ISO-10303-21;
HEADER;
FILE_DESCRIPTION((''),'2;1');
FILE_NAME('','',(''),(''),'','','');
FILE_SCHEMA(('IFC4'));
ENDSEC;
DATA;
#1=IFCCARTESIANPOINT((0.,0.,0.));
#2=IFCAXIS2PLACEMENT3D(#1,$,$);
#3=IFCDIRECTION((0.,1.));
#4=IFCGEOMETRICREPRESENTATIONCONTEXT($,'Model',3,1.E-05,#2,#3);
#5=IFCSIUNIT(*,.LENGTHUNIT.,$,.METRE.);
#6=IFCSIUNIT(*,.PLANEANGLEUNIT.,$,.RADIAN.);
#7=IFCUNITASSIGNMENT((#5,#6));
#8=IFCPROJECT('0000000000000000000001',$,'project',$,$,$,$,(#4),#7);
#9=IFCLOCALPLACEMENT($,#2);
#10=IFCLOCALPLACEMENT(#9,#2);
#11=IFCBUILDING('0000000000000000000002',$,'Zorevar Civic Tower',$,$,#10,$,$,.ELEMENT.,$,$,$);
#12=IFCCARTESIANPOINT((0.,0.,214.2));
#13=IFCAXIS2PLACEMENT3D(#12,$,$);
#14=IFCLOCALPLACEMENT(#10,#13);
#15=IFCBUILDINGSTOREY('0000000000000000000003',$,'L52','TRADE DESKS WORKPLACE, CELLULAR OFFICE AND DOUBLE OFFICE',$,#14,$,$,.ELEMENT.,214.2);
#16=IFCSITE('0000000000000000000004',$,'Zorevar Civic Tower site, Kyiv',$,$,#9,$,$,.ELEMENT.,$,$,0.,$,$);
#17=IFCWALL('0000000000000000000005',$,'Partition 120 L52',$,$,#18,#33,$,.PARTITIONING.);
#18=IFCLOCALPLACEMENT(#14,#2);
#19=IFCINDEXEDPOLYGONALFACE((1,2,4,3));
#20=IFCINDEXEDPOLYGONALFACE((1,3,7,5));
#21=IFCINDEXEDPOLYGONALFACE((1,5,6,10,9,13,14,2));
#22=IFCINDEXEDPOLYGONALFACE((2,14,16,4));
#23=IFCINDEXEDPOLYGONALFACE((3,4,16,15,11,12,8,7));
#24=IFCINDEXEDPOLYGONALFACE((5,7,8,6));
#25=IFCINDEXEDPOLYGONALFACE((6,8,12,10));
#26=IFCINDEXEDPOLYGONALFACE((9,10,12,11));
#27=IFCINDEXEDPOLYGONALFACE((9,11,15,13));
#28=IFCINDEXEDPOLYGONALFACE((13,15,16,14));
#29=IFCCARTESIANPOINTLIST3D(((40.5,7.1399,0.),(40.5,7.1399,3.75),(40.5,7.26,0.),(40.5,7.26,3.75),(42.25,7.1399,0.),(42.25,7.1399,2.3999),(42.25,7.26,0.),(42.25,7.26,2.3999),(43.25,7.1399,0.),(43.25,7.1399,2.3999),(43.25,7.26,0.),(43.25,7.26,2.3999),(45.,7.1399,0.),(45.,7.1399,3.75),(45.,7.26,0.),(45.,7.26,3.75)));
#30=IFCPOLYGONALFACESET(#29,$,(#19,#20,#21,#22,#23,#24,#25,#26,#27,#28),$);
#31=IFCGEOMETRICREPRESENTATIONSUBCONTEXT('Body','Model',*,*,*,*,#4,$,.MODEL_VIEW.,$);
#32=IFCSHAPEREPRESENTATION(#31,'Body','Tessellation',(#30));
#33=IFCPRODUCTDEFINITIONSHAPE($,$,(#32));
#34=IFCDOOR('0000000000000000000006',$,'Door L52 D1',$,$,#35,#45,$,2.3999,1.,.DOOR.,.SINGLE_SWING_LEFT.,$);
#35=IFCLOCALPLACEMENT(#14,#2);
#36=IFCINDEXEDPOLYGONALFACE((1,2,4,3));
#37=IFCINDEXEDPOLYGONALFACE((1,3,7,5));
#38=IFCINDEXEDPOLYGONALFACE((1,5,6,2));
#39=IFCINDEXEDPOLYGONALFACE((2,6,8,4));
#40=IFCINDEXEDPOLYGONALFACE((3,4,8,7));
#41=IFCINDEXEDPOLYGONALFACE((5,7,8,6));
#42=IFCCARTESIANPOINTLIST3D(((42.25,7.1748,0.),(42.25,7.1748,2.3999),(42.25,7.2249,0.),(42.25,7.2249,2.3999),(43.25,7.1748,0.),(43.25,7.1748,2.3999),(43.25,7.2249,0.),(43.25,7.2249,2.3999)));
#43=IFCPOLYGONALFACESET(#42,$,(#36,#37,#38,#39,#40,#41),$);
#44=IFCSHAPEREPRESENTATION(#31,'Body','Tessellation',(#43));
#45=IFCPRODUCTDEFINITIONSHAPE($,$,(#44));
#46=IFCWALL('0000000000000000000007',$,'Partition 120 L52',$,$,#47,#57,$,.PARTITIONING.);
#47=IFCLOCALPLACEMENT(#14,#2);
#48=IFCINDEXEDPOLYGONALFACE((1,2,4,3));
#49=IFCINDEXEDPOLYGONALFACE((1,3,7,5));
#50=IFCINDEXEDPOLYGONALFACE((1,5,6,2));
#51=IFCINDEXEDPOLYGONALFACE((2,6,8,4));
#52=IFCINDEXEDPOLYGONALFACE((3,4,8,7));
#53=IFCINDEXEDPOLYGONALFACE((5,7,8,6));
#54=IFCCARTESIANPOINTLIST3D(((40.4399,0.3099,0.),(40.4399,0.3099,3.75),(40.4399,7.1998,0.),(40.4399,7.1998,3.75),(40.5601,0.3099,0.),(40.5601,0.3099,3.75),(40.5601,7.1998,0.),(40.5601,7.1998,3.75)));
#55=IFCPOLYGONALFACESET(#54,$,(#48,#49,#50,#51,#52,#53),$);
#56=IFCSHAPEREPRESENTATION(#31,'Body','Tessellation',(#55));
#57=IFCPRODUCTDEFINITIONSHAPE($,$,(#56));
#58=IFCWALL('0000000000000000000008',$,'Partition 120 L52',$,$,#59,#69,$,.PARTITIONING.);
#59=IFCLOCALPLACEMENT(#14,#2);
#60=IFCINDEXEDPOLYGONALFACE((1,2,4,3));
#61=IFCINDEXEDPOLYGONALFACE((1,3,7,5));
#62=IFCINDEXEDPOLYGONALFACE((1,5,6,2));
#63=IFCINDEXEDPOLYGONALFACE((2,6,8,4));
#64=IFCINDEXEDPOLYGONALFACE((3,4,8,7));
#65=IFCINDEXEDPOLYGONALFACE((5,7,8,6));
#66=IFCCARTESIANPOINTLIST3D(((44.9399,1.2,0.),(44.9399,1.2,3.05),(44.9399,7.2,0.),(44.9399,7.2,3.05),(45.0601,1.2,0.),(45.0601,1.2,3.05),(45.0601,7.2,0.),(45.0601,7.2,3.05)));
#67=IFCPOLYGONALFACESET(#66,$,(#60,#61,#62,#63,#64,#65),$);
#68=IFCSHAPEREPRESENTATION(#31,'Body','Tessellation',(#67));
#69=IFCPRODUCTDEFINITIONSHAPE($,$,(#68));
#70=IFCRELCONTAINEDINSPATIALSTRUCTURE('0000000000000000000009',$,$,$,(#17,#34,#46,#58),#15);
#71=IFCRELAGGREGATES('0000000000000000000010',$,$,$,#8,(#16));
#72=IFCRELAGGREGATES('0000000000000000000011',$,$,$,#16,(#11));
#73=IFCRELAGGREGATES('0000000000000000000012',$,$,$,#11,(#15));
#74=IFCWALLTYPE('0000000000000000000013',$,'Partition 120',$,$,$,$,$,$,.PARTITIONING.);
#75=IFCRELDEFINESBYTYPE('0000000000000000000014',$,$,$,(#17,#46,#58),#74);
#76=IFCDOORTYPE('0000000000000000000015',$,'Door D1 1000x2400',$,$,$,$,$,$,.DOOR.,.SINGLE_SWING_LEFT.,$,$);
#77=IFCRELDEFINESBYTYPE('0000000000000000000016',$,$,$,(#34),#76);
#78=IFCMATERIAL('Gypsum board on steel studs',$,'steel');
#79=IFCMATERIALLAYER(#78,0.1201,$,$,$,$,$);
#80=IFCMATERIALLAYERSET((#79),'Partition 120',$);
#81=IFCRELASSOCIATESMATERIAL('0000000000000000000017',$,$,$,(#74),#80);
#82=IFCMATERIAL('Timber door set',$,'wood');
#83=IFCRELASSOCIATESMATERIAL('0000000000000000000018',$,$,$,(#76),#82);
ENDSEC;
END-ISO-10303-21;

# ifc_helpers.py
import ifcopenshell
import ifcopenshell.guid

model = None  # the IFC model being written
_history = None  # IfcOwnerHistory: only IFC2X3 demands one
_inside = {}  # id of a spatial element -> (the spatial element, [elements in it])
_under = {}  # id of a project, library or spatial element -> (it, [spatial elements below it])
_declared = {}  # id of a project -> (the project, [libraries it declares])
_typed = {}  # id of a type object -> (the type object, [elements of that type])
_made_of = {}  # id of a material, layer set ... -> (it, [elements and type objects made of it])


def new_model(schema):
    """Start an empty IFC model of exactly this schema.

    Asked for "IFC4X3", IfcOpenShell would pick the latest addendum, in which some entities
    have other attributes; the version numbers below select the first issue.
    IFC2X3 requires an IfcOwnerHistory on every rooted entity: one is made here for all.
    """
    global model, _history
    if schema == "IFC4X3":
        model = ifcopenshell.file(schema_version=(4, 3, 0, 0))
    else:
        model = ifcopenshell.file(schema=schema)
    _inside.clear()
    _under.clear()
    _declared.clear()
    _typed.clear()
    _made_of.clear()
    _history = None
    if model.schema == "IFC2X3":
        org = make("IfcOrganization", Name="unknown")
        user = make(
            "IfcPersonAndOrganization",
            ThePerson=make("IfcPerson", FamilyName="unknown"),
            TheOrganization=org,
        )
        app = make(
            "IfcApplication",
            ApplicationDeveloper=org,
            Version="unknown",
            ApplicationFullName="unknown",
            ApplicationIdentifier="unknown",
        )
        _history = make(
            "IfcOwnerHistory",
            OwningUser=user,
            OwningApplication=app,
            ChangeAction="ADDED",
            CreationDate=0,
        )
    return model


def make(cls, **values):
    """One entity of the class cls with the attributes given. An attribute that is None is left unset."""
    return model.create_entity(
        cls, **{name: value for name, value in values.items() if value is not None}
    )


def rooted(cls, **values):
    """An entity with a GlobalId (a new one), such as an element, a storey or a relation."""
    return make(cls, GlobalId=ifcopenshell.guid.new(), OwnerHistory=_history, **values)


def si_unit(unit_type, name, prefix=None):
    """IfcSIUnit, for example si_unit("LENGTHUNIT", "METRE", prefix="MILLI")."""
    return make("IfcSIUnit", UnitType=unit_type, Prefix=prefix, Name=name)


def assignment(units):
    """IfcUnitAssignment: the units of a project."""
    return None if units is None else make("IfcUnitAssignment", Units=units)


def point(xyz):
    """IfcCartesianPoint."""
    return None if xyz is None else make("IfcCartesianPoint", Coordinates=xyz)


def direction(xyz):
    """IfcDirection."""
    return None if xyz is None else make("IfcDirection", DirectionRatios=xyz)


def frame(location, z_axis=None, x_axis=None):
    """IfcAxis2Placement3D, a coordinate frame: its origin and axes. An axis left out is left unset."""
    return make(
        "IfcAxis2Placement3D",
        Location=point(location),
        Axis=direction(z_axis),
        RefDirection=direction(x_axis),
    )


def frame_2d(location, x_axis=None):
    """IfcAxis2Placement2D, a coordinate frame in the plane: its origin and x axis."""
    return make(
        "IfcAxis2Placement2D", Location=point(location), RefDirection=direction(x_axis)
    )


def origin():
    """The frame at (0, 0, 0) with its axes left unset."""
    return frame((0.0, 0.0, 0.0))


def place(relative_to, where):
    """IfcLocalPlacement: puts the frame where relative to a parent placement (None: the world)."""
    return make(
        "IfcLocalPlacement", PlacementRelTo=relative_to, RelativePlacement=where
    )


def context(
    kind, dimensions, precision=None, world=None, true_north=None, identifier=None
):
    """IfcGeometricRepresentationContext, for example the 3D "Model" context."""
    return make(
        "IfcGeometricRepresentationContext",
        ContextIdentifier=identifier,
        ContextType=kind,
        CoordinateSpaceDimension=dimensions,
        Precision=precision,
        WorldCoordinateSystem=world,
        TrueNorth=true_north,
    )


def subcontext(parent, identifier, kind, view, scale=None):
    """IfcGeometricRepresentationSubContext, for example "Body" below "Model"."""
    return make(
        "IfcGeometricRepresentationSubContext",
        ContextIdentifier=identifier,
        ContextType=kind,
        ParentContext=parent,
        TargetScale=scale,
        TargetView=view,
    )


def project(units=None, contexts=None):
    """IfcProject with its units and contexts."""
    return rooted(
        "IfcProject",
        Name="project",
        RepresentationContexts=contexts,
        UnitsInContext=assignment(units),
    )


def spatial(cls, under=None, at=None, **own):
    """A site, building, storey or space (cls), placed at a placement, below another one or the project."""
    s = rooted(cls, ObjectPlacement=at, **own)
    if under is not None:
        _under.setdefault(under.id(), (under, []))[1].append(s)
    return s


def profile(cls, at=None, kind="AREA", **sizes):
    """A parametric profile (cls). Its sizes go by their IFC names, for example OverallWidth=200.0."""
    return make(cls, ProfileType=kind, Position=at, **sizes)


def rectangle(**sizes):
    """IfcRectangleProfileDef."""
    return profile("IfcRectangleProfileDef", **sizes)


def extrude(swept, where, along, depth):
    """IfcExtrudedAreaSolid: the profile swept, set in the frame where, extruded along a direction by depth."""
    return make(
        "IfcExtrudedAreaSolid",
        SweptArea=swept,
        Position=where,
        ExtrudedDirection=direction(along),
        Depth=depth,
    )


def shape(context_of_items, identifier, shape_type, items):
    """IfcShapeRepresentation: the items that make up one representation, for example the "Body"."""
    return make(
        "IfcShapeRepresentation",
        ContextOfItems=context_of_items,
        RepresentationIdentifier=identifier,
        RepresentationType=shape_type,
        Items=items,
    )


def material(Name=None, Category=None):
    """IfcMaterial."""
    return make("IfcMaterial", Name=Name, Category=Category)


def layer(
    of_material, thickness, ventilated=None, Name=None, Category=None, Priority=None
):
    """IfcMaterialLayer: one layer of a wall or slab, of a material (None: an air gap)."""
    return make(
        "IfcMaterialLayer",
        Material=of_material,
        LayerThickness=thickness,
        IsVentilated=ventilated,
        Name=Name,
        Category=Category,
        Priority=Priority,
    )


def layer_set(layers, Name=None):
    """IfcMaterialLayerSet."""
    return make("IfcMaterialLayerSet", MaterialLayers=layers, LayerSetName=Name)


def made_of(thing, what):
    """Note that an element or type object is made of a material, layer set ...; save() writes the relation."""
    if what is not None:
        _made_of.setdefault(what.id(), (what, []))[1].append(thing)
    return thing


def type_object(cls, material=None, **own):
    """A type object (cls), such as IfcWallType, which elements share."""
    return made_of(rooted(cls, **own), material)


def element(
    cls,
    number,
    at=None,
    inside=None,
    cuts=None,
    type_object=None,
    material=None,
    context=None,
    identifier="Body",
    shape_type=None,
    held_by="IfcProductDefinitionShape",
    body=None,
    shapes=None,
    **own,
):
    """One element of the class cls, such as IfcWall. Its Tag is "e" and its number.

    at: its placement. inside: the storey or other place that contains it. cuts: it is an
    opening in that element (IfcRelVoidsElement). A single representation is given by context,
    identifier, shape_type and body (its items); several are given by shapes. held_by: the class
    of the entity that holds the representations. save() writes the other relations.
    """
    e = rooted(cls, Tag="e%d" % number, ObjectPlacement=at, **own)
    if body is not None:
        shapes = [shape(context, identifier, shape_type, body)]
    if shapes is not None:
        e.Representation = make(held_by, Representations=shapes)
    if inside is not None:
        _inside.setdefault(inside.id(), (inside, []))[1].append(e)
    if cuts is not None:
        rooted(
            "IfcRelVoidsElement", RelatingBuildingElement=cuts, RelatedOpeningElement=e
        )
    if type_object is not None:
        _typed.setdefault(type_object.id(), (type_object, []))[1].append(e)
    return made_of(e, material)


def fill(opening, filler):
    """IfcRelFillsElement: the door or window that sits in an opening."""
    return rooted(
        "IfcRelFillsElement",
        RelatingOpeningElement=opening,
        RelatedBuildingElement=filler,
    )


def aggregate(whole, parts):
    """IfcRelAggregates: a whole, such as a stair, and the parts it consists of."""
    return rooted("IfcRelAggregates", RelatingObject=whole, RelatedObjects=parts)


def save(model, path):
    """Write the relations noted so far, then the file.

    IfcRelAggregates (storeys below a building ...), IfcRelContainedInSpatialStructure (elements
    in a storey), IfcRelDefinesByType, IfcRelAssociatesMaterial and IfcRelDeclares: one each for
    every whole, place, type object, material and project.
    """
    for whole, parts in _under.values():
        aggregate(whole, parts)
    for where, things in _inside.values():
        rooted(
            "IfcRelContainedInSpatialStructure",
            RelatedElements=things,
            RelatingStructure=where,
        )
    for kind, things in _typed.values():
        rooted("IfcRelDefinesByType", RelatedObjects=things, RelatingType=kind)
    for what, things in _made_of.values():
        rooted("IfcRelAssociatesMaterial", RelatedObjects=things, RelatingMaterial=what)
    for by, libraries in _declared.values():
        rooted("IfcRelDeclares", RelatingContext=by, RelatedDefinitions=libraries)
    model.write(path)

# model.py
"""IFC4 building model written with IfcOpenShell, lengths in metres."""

from ifc_helpers import new_model, si_unit, direction, frame, frame_2d, origin, place, context, subcontext, project, spatial, rectangle, extrude, material, layer, layer_set, type_object, element, fill, save


model = new_model("IFC4")

# Units and contexts
model_context = context("Model", 3, precision=1e-05, world=origin(), true_north=direction((0.0, 1.0)))
body_context = subcontext(model_context, "Body", "Model", "MODEL_VIEW")
ifc_project = project(units=[si_unit("LENGTHUNIT", "METRE"), si_unit("PLANEANGLEUNIT", "RADIAN")], contexts=[model_context])

# Site, building, storey
site_placement = place(None, origin())
site = spatial("IfcSite", under=ifc_project, at=site_placement, Name="Zorevar Civic Tower site, Kyiv", CompositionType="ELEMENT", RefElevation=0.0)
building_placement = place(site_placement, origin())
building = spatial("IfcBuilding", under=site, at=building_placement, Name="Zorevar Civic Tower", CompositionType="ELEMENT")
storey_placement = place(building_placement, frame((0.0, 0.0, 214.2)))
storey = spatial("IfcBuildingStorey", under=building, at=storey_placement, Name="L52", Description="TRADE DESKS WORKPLACE, CELLULAR OFFICE AND DOUBLE OFFICE", CompositionType="ELEMENT", Elevation=214.2)

# Wall, opening, door
ifc_material_1 = material(Name="Gypsum board on steel studs", Category="steel")
ifc_layer_1 = layer(ifc_material_1, 0.1201)
ifc_layer_set_1 = layer_set([ifc_layer_1], Name="Partition 120")
wall_type = type_object("IfcWallType", Name="Partition 120", PredefinedType="PARTITIONING", material=ifc_layer_set_1)
wall_1_placement = place(storey_placement, frame((40.5, 7.2, 0.0), z_axis=(0.0, 0.0, 1.0), x_axis=(1.0, 0.0, 0.0)))
wall_1 = element("IfcWall", 1, at=wall_1_placement, inside=storey, type_object=wall_type, Name="Partition 120 L52", PredefinedType="PARTITIONING", context=body_context, shape_type="SweptSolid", body=[
    extrude(rectangle(XDim=4.5, YDim=0.1201, at=frame_2d((2.25, 0.0))), origin(), (0.0, 0.0, 1.0), 3.75),
])
opening_placement = place(wall_1_placement, frame((1.75, 0.0, 0.0)))
opening = element("IfcOpeningElement", 2, at=opening_placement, cuts=wall_1, PredefinedType="OPENING", context=body_context, shape_type="SweptSolid", body=[
    extrude(rectangle(XDim=1.0, YDim=2.3999, at=frame_2d((0.5, 1.2))), frame((0.0, 0.0701, 0.0), z_axis=(0.0, -1.0, 0.0), x_axis=(1.0, 0.0, 0.0)), (0.0, 0.0, 1.0), 0.1401),
])
ifc_material_2 = material(Name="Timber door set", Category="wood")
door_type = type_object("IfcDoorType", Name="Door D1 1000x2400", OperationType="SINGLE_SWING_LEFT", PredefinedType="DOOR", material=ifc_material_2)
door_placement = place(opening_placement, origin())
door = element("IfcDoor", 3, at=door_placement, inside=storey, type_object=door_type, Name="Door L52 D1", OperationType="SINGLE_SWING_LEFT", OverallHeight=2.3999, OverallWidth=1.0, PredefinedType="DOOR", context=body_context, shape_type="SweptSolid", body=[
    extrude(rectangle(XDim=1.0, YDim=2.3999, at=frame_2d((0.5, 1.2))), frame((0.0, 0.0249, 0.0), z_axis=(0.0, -1.0, 0.0), x_axis=(1.0, 0.0, 0.0)), (0.0, 0.0, 1.0), 0.05),
])
fill(opening, door)

# Walls
wall_2_placement = place(storey_placement, frame((40.5, 0.3101, 0.0), z_axis=(0.0, 0.0, 1.0), x_axis=(0.0, 1.0, 0.0)))
element("IfcWall", 4, at=wall_2_placement, inside=storey, type_object=wall_type, Name="Partition 120 L52", PredefinedType="PARTITIONING", context=body_context, shape_type="SweptSolid", body=[
    extrude(rectangle(XDim=6.8899, YDim=0.1201, at=frame_2d((3.4448, 0.0))), origin(), (0.0, 0.0, 1.0), 3.75),
])
wall_3_placement = place(storey_placement, frame((45.0, 1.2, 0.0), z_axis=(0.0, 0.0, 1.0), x_axis=(0.0, 1.0, 0.0)))
element("IfcWall", 5, at=wall_3_placement, inside=storey, type_object=wall_type, Name="Partition 120 L52", PredefinedType="PARTITIONING", context=body_context, shape_type="SweptSolid", body=[
    extrude(rectangle(XDim=6.0, YDim=0.1201, at=frame_2d((3.0, 0.0))), origin(), (0.0, 0.0, 1.0), 3.05),
])

save(model, "model.ifc")
